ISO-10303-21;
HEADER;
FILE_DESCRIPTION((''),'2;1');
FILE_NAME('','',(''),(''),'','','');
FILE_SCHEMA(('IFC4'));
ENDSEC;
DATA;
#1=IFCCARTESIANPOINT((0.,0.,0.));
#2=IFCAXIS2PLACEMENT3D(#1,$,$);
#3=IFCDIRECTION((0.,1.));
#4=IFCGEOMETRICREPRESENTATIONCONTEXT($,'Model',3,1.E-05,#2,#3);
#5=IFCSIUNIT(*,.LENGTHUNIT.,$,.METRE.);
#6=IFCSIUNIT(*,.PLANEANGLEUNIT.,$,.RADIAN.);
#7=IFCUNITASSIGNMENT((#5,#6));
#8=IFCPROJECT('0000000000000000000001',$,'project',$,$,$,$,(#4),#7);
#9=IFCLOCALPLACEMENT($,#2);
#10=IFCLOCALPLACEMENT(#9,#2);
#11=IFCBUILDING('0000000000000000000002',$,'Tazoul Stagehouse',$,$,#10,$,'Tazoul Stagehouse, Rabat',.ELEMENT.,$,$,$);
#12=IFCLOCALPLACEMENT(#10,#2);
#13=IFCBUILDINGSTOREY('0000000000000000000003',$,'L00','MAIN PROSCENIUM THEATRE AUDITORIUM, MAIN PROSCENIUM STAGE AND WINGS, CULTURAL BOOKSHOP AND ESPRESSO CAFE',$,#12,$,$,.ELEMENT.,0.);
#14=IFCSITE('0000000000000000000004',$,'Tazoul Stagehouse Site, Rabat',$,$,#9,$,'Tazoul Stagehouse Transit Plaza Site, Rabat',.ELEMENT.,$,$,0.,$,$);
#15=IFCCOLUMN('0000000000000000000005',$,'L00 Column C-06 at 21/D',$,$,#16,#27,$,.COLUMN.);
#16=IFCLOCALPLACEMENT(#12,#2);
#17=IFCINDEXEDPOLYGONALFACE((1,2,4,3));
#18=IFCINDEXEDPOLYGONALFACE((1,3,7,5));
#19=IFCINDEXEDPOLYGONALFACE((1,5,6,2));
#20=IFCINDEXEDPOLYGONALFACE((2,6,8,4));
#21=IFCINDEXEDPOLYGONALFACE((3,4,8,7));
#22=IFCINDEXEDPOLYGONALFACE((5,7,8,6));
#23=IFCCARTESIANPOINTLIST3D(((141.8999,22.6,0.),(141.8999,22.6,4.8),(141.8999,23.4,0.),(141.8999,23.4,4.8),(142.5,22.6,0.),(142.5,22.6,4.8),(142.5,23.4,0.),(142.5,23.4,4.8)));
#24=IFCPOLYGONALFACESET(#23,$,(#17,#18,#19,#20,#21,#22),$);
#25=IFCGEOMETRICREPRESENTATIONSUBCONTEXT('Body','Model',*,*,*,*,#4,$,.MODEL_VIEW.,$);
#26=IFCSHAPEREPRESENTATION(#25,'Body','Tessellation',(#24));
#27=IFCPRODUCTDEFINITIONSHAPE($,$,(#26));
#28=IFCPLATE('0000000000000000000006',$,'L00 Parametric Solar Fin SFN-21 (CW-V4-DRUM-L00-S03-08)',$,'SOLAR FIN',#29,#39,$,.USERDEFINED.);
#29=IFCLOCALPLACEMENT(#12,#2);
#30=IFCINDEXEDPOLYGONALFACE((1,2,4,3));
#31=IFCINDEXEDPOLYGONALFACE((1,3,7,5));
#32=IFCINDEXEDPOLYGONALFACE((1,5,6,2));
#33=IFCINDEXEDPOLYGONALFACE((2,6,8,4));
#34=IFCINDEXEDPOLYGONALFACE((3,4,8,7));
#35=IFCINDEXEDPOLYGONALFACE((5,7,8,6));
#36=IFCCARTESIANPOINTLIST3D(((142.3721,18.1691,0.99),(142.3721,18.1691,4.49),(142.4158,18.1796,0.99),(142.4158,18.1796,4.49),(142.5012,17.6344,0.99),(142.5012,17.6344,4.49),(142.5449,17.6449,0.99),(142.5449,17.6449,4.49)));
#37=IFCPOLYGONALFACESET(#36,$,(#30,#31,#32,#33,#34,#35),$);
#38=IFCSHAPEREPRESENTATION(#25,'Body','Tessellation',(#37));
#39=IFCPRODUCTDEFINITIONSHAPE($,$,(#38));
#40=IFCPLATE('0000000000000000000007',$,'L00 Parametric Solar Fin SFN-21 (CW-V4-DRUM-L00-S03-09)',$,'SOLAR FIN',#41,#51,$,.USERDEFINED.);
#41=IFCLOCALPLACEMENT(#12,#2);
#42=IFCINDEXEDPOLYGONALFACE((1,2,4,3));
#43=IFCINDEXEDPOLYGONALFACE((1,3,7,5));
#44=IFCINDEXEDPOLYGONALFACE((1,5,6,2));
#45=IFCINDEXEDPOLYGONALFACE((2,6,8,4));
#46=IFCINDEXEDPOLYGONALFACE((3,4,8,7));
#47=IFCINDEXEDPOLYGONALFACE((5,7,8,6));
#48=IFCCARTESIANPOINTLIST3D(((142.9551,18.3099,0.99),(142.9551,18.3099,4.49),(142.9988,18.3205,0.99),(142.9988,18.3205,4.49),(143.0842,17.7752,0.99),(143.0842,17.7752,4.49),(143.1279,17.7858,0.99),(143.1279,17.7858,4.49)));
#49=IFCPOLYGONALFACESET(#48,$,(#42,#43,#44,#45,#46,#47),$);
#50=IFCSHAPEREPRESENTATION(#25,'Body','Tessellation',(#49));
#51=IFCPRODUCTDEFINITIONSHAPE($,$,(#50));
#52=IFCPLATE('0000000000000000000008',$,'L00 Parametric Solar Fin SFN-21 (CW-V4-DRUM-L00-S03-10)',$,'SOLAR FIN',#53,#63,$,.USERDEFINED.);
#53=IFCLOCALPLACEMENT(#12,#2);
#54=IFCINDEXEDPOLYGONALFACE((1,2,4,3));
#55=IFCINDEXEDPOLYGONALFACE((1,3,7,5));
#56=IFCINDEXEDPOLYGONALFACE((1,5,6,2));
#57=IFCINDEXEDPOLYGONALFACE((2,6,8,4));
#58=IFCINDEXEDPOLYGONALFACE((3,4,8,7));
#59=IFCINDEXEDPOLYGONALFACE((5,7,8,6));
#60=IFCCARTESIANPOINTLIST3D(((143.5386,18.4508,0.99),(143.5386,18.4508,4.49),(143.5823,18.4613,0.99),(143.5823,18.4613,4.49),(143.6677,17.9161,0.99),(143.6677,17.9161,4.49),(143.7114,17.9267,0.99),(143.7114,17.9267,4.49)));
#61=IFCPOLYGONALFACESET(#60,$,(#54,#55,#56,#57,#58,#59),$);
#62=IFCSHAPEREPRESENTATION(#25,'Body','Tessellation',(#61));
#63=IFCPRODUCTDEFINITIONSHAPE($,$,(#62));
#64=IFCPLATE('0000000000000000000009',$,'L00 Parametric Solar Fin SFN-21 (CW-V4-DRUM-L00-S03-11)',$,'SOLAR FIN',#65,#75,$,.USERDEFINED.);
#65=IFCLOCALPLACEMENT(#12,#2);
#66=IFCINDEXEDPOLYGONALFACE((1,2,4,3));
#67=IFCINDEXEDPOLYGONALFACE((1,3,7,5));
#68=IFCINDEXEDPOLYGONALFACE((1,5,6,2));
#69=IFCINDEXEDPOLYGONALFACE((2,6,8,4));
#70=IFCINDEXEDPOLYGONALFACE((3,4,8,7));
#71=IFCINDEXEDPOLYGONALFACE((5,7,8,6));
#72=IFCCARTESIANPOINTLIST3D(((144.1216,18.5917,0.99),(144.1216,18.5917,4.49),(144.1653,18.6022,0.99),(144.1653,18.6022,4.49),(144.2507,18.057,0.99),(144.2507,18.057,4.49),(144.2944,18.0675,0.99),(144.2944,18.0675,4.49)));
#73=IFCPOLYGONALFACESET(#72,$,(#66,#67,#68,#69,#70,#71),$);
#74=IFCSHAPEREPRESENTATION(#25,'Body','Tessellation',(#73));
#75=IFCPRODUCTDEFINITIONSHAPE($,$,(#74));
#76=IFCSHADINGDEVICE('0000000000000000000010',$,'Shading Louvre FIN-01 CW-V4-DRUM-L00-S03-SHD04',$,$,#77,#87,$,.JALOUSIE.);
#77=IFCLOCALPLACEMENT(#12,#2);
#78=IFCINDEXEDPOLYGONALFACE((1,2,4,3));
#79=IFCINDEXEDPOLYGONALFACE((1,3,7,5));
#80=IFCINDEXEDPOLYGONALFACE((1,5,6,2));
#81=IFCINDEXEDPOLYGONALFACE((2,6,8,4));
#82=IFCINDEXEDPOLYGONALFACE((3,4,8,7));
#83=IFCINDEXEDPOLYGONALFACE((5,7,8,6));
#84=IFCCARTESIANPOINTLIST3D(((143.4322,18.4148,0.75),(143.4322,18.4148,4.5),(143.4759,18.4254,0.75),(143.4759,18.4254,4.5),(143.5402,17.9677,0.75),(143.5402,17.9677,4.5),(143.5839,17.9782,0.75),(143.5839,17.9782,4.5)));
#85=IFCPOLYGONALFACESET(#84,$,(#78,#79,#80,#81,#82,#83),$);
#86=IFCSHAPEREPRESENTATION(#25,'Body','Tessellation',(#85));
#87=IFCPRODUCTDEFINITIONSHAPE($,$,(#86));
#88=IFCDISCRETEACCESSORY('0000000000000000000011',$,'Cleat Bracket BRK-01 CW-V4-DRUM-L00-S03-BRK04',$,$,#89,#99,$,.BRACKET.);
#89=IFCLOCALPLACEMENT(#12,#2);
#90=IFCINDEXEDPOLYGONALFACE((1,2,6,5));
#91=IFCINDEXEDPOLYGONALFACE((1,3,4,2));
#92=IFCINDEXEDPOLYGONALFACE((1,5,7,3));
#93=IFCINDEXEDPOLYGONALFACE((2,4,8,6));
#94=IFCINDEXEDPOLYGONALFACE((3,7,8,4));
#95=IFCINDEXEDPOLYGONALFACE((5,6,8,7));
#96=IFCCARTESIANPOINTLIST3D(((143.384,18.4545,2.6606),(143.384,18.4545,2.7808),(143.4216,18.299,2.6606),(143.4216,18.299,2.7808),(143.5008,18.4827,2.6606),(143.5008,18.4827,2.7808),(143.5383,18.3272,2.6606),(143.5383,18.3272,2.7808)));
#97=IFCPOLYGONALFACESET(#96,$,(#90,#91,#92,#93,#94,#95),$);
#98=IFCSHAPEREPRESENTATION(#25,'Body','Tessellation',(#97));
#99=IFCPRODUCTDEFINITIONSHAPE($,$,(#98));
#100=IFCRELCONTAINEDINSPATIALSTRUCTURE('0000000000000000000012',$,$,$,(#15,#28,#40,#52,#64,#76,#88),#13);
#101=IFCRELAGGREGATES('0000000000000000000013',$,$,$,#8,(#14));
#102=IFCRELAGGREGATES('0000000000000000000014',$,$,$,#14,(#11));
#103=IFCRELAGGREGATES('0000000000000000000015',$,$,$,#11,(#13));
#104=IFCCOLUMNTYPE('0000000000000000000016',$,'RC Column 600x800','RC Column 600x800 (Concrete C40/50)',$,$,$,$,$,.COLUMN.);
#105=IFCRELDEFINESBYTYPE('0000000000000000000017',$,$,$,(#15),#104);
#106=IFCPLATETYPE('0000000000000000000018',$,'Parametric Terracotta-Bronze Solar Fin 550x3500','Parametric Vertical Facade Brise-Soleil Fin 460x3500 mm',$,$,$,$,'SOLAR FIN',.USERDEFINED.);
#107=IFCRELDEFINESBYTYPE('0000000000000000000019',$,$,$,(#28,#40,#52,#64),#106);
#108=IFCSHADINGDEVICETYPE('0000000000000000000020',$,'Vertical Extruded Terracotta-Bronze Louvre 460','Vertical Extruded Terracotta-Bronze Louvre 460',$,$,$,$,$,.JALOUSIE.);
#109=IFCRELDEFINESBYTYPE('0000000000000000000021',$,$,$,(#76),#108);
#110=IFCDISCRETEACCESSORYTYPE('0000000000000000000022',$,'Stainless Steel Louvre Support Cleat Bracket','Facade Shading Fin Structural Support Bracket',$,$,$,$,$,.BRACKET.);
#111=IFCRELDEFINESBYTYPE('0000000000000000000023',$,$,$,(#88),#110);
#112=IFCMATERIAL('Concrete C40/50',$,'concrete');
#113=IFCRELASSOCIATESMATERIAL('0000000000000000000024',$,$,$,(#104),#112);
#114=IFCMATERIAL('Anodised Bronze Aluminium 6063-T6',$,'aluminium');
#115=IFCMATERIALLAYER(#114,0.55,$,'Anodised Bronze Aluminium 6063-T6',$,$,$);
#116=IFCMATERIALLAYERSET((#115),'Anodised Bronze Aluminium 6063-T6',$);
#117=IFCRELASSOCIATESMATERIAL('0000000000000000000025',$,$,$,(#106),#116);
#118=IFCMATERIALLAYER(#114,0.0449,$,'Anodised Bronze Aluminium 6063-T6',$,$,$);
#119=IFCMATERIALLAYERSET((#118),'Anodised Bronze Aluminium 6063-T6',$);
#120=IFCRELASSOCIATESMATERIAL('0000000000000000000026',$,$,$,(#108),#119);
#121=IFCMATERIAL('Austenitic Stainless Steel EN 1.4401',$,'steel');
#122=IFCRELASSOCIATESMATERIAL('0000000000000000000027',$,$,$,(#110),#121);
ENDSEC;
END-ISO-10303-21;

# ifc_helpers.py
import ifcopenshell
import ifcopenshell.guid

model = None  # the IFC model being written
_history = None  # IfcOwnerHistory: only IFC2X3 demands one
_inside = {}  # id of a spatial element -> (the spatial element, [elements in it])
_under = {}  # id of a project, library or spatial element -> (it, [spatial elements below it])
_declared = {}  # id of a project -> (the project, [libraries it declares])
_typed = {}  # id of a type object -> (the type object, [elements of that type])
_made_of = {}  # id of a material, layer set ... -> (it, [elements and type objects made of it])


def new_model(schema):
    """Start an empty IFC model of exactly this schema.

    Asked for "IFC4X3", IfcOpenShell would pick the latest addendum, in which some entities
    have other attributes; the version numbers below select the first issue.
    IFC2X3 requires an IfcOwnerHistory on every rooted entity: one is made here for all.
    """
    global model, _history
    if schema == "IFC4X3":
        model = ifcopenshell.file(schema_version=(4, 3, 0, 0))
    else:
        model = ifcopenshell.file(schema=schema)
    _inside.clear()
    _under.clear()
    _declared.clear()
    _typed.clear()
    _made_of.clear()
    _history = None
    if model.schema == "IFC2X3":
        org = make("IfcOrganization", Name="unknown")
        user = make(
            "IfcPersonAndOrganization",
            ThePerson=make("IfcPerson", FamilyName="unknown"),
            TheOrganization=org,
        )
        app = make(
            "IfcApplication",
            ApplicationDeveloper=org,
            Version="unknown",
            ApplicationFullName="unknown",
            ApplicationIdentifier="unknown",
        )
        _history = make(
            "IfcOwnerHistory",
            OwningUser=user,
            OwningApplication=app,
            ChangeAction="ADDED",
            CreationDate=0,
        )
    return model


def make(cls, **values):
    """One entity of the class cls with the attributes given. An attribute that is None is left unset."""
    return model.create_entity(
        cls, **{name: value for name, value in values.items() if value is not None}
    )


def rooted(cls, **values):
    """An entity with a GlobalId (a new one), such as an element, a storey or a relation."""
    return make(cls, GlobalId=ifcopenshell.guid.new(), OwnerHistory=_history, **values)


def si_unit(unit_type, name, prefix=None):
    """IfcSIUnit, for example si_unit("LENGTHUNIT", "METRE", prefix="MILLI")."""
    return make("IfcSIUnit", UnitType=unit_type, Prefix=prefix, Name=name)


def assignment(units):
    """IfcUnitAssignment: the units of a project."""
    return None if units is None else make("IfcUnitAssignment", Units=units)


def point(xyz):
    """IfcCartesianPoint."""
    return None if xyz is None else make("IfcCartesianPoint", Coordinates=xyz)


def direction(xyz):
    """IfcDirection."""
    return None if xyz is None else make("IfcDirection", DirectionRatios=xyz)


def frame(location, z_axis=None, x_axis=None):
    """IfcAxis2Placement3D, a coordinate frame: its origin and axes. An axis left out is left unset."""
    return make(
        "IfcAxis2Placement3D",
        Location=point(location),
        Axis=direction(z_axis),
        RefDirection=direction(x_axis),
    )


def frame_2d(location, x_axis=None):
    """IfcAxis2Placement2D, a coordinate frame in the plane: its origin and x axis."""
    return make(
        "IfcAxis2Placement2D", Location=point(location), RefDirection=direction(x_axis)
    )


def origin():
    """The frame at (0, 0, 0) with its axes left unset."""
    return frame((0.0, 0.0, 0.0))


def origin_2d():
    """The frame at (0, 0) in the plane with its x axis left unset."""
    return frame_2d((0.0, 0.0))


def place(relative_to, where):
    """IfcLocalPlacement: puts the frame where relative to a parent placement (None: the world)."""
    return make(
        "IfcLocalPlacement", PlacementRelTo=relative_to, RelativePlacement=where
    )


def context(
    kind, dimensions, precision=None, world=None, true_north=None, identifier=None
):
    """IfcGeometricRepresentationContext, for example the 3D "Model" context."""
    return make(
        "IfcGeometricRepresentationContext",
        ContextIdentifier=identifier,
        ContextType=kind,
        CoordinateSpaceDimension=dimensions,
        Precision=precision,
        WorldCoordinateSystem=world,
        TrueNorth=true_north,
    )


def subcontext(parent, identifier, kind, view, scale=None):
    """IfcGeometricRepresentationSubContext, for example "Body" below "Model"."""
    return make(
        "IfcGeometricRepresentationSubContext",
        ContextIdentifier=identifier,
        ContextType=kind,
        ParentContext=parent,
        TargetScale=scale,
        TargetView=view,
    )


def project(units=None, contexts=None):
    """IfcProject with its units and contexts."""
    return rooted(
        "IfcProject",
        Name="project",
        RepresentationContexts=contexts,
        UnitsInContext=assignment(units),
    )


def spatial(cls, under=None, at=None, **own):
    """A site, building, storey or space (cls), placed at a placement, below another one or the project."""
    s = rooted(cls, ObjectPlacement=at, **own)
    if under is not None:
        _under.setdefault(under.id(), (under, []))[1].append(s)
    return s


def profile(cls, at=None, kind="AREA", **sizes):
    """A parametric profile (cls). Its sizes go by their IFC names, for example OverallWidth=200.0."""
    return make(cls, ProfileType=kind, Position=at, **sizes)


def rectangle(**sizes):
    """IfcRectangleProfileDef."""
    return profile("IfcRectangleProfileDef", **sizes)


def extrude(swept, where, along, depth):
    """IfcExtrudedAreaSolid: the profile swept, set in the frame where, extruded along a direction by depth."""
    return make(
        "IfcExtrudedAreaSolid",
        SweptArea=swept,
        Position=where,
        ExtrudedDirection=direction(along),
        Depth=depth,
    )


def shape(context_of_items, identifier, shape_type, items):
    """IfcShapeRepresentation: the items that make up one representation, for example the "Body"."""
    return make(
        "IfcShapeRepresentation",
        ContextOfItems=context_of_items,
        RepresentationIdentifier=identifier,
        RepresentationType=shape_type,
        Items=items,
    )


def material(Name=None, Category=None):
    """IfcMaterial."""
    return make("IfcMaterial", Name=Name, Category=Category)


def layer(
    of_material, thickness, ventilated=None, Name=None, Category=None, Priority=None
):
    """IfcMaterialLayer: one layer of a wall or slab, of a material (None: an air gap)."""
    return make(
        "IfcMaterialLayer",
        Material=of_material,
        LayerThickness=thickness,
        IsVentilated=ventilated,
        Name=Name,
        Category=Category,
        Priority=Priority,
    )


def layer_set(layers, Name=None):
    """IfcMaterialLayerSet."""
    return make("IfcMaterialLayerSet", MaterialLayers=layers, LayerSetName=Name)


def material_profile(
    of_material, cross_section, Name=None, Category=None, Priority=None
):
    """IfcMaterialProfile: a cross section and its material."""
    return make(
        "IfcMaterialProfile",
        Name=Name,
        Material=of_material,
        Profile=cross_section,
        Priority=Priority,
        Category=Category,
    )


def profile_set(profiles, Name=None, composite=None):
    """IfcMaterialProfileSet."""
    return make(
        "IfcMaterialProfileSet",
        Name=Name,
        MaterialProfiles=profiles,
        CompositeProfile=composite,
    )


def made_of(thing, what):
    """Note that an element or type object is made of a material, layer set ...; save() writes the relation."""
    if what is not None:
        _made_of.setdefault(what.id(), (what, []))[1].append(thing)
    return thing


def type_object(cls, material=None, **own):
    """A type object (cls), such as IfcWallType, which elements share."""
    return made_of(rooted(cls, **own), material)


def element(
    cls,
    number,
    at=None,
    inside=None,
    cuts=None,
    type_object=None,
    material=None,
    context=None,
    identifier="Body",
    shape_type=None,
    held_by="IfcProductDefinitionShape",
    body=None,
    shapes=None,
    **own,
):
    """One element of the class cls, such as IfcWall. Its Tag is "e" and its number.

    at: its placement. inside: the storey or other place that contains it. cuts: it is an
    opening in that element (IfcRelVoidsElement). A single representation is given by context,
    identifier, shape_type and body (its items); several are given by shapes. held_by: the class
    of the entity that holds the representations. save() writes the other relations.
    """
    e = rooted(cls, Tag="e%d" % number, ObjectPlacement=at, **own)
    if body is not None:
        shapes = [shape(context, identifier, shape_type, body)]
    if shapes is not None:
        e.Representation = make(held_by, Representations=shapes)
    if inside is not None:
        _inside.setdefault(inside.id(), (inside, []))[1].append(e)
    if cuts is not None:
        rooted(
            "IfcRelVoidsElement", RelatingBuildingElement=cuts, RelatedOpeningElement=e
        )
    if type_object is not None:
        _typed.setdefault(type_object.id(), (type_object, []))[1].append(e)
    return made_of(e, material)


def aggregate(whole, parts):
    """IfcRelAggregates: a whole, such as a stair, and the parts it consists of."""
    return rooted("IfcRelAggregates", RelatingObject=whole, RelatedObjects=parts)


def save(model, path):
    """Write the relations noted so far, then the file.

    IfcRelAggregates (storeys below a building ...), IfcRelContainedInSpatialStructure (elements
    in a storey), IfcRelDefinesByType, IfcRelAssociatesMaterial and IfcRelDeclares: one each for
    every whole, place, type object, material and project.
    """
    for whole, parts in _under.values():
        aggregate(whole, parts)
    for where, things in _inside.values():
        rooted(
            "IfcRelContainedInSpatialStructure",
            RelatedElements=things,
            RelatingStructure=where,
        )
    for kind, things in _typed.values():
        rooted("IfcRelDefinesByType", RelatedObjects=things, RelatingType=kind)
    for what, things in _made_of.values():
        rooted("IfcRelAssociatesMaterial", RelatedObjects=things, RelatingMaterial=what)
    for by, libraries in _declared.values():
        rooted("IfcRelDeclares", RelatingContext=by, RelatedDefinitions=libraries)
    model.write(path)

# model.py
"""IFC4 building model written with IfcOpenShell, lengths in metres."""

from ifc_helpers import new_model, si_unit, direction, frame, origin, origin_2d, place, context, subcontext, project, spatial, rectangle, extrude, material, layer, layer_set, material_profile, profile_set, type_object, element, save


model = new_model("IFC4")

# Units and contexts
model_context = context("Model", 3, precision=1e-05, world=origin(), true_north=direction((0.0, 1.0)))
body_context = subcontext(model_context, "Body", "Model", "MODEL_VIEW")
ifc_project = project(units=[si_unit("LENGTHUNIT", "METRE"), si_unit("PLANEANGLEUNIT", "RADIAN")], contexts=[model_context])

# Site, building, storey
site_placement = place(None, origin())
site = spatial("IfcSite", under=ifc_project, at=site_placement, Name="Tazoul Stagehouse Site, Rabat", LongName="Tazoul Stagehouse Transit Plaza Site, Rabat", CompositionType="ELEMENT", RefElevation=0.0)
building_placement = place(site_placement, origin())
building = spatial("IfcBuilding", under=site, at=building_placement, Name="Tazoul Stagehouse", LongName="Tazoul Stagehouse, Rabat", CompositionType="ELEMENT")
storey_placement = place(building_placement, origin())
storey = spatial("IfcBuildingStorey", under=building, at=storey_placement, Name="L00", Description="MAIN PROSCENIUM THEATRE AUDITORIUM, MAIN PROSCENIUM STAGE AND WINGS, CULTURAL BOOKSHOP AND ESPRESSO CAFE", CompositionType="ELEMENT", Elevation=0.0)

# Column
ifc_material_1 = material(Name="Concrete C40/50", Category="concrete")
ifc_material_profile = material_profile(ifc_material_1, rectangle(XDim=0.6001, YDim=0.8, at=origin_2d()), Name="RC 600x800")
ifc_profile_set = profile_set([ifc_material_profile], Name="Concrete C40/50")
column_type = type_object("IfcColumnType", Name="RC Column 600x800", Description="RC Column 600x800 (Concrete C40/50)", PredefinedType="COLUMN", material=ifc_profile_set)
column_placement = place(storey_placement, frame((142.2, 23.0, 0.0), z_axis=(0.0, 0.0, 1.0), x_axis=(1.0, 0.0, 0.0)))
element("IfcColumn", 1, at=column_placement, inside=storey, type_object=column_type, Name="L00 Column C-06 at 21/D", PredefinedType="COLUMN", context=body_context, shape_type="SweptSolid", body=[
    extrude(rectangle(XDim=0.6001, YDim=0.8, at=origin_2d()), origin(), (0.0, 0.0, 1.0), 4.8),
])

# Plates
ifc_material_2 = material(Name="Anodised Bronze Aluminium 6063-T6", Category="aluminium")
ifc_layer_1 = layer(ifc_material_2, 0.55, Name="Anodised Bronze Aluminium 6063-T6")
ifc_layer_set_1 = layer_set([ifc_layer_1], Name="Anodised Bronze Aluminium 6063-T6")
plate_type = type_object("IfcPlateType", Name="Parametric Terracotta-Bronze Solar Fin 550x3500", Description="Parametric Vertical Facade Brise-Soleil Fin 460x3500 mm", ElementType="SOLAR FIN", PredefinedType="USERDEFINED", material=ifc_layer_set_1)
for number, where, z_axis, x_axis, name in (
    (2, (142.4585, 17.907, 0.99), (0.0, 0.0, 1.0), (0.972063, 0.23472, 0.0), "L00 Parametric Solar Fin SFN-21 (CW-V4-DRUM-L00-S03-08)"),
    (3, (143.0415, 18.0479, 0.99), (0.0, 0.0, 1.0), (0.972063, 0.23472, 0.0), "L00 Parametric Solar Fin SFN-21 (CW-V4-DRUM-L00-S03-09)"),
    (4, (143.625, 18.1887, 0.99), (0.0, 0.0, 1.0), (0.972063, 0.23472, 0.0), "L00 Parametric Solar Fin SFN-21 (CW-V4-DRUM-L00-S03-10)"),
    (5, (144.208, 18.3296, 0.99), (0.0, 0.0, 1.0), (0.972063, 0.23472, 0.0), "L00 Parametric Solar Fin SFN-21 (CW-V4-DRUM-L00-S03-11)"),
):
    element("IfcPlate", number, at=place(storey_placement, frame(where, z_axis=z_axis, x_axis=x_axis)), inside=storey, type_object=plate_type, Name=name, ObjectType="SOLAR FIN", PredefinedType="USERDEFINED", context=body_context, shape_type="SweptSolid", body=[
        extrude(rectangle(XDim=0.0449, YDim=0.55, at=origin_2d()), origin(), (0.0, 0.0, 1.0), 3.5),
    ])

# Shading device
ifc_layer_2 = layer(ifc_material_2, 0.0449, Name="Anodised Bronze Aluminium 6063-T6")
ifc_layer_set_2 = layer_set([ifc_layer_2], Name="Anodised Bronze Aluminium 6063-T6")
shading_device_type = type_object("IfcShadingDeviceType", Name="Vertical Extruded Terracotta-Bronze Louvre 460", Description="Vertical Extruded Terracotta-Bronze Louvre 460", PredefinedType="JALOUSIE", material=ifc_layer_set_2)
shading_device_placement = place(storey_placement, frame((143.5081, 18.1965, 0.75), z_axis=(0.0, 0.0, 1.0), x_axis=(0.972063, 0.23472, 0.0)))
element("IfcShadingDevice", 6, at=shading_device_placement, inside=storey, type_object=shading_device_type, Name="Shading Louvre FIN-01 CW-V4-DRUM-L00-S03-SHD04", PredefinedType="JALOUSIE", context=body_context, shape_type="SweptSolid", body=[
    extrude(rectangle(XDim=0.0449, YDim=0.46, at=origin_2d()), origin(), (0.0, 0.0, 1.0), 3.75),
])

# Discrete accessory
ifc_material_3 = material(Name="Austenitic Stainless Steel EN 1.4401", Category="steel")
discrete_accessory_type = type_object("IfcDiscreteAccessoryType", Name="Stainless Steel Louvre Support Cleat Bracket", Description="Facade Shading Fin Structural Support Bracket", PredefinedType="BRACKET", material=ifc_material_3)
discrete_accessory_placement = place(storey_placement, frame((143.4612, 18.3909, 2.6606), z_axis=(0.0, 0.0, 1.0), x_axis=(0.972063, 0.23472, 0.0)))
element("IfcDiscreteAccessory", 7, at=discrete_accessory_placement, inside=storey, type_object=discrete_accessory_type, Name="Cleat Bracket BRK-01 CW-V4-DRUM-L00-S03-BRK04", PredefinedType="BRACKET", context=body_context, shape_type="SweptSolid", body=[
    extrude(rectangle(XDim=0.1201, YDim=0.1599, at=origin_2d()), origin(), (0.0, 0.0, 1.0), 0.1201),
])

save(model, "model.ifc")
